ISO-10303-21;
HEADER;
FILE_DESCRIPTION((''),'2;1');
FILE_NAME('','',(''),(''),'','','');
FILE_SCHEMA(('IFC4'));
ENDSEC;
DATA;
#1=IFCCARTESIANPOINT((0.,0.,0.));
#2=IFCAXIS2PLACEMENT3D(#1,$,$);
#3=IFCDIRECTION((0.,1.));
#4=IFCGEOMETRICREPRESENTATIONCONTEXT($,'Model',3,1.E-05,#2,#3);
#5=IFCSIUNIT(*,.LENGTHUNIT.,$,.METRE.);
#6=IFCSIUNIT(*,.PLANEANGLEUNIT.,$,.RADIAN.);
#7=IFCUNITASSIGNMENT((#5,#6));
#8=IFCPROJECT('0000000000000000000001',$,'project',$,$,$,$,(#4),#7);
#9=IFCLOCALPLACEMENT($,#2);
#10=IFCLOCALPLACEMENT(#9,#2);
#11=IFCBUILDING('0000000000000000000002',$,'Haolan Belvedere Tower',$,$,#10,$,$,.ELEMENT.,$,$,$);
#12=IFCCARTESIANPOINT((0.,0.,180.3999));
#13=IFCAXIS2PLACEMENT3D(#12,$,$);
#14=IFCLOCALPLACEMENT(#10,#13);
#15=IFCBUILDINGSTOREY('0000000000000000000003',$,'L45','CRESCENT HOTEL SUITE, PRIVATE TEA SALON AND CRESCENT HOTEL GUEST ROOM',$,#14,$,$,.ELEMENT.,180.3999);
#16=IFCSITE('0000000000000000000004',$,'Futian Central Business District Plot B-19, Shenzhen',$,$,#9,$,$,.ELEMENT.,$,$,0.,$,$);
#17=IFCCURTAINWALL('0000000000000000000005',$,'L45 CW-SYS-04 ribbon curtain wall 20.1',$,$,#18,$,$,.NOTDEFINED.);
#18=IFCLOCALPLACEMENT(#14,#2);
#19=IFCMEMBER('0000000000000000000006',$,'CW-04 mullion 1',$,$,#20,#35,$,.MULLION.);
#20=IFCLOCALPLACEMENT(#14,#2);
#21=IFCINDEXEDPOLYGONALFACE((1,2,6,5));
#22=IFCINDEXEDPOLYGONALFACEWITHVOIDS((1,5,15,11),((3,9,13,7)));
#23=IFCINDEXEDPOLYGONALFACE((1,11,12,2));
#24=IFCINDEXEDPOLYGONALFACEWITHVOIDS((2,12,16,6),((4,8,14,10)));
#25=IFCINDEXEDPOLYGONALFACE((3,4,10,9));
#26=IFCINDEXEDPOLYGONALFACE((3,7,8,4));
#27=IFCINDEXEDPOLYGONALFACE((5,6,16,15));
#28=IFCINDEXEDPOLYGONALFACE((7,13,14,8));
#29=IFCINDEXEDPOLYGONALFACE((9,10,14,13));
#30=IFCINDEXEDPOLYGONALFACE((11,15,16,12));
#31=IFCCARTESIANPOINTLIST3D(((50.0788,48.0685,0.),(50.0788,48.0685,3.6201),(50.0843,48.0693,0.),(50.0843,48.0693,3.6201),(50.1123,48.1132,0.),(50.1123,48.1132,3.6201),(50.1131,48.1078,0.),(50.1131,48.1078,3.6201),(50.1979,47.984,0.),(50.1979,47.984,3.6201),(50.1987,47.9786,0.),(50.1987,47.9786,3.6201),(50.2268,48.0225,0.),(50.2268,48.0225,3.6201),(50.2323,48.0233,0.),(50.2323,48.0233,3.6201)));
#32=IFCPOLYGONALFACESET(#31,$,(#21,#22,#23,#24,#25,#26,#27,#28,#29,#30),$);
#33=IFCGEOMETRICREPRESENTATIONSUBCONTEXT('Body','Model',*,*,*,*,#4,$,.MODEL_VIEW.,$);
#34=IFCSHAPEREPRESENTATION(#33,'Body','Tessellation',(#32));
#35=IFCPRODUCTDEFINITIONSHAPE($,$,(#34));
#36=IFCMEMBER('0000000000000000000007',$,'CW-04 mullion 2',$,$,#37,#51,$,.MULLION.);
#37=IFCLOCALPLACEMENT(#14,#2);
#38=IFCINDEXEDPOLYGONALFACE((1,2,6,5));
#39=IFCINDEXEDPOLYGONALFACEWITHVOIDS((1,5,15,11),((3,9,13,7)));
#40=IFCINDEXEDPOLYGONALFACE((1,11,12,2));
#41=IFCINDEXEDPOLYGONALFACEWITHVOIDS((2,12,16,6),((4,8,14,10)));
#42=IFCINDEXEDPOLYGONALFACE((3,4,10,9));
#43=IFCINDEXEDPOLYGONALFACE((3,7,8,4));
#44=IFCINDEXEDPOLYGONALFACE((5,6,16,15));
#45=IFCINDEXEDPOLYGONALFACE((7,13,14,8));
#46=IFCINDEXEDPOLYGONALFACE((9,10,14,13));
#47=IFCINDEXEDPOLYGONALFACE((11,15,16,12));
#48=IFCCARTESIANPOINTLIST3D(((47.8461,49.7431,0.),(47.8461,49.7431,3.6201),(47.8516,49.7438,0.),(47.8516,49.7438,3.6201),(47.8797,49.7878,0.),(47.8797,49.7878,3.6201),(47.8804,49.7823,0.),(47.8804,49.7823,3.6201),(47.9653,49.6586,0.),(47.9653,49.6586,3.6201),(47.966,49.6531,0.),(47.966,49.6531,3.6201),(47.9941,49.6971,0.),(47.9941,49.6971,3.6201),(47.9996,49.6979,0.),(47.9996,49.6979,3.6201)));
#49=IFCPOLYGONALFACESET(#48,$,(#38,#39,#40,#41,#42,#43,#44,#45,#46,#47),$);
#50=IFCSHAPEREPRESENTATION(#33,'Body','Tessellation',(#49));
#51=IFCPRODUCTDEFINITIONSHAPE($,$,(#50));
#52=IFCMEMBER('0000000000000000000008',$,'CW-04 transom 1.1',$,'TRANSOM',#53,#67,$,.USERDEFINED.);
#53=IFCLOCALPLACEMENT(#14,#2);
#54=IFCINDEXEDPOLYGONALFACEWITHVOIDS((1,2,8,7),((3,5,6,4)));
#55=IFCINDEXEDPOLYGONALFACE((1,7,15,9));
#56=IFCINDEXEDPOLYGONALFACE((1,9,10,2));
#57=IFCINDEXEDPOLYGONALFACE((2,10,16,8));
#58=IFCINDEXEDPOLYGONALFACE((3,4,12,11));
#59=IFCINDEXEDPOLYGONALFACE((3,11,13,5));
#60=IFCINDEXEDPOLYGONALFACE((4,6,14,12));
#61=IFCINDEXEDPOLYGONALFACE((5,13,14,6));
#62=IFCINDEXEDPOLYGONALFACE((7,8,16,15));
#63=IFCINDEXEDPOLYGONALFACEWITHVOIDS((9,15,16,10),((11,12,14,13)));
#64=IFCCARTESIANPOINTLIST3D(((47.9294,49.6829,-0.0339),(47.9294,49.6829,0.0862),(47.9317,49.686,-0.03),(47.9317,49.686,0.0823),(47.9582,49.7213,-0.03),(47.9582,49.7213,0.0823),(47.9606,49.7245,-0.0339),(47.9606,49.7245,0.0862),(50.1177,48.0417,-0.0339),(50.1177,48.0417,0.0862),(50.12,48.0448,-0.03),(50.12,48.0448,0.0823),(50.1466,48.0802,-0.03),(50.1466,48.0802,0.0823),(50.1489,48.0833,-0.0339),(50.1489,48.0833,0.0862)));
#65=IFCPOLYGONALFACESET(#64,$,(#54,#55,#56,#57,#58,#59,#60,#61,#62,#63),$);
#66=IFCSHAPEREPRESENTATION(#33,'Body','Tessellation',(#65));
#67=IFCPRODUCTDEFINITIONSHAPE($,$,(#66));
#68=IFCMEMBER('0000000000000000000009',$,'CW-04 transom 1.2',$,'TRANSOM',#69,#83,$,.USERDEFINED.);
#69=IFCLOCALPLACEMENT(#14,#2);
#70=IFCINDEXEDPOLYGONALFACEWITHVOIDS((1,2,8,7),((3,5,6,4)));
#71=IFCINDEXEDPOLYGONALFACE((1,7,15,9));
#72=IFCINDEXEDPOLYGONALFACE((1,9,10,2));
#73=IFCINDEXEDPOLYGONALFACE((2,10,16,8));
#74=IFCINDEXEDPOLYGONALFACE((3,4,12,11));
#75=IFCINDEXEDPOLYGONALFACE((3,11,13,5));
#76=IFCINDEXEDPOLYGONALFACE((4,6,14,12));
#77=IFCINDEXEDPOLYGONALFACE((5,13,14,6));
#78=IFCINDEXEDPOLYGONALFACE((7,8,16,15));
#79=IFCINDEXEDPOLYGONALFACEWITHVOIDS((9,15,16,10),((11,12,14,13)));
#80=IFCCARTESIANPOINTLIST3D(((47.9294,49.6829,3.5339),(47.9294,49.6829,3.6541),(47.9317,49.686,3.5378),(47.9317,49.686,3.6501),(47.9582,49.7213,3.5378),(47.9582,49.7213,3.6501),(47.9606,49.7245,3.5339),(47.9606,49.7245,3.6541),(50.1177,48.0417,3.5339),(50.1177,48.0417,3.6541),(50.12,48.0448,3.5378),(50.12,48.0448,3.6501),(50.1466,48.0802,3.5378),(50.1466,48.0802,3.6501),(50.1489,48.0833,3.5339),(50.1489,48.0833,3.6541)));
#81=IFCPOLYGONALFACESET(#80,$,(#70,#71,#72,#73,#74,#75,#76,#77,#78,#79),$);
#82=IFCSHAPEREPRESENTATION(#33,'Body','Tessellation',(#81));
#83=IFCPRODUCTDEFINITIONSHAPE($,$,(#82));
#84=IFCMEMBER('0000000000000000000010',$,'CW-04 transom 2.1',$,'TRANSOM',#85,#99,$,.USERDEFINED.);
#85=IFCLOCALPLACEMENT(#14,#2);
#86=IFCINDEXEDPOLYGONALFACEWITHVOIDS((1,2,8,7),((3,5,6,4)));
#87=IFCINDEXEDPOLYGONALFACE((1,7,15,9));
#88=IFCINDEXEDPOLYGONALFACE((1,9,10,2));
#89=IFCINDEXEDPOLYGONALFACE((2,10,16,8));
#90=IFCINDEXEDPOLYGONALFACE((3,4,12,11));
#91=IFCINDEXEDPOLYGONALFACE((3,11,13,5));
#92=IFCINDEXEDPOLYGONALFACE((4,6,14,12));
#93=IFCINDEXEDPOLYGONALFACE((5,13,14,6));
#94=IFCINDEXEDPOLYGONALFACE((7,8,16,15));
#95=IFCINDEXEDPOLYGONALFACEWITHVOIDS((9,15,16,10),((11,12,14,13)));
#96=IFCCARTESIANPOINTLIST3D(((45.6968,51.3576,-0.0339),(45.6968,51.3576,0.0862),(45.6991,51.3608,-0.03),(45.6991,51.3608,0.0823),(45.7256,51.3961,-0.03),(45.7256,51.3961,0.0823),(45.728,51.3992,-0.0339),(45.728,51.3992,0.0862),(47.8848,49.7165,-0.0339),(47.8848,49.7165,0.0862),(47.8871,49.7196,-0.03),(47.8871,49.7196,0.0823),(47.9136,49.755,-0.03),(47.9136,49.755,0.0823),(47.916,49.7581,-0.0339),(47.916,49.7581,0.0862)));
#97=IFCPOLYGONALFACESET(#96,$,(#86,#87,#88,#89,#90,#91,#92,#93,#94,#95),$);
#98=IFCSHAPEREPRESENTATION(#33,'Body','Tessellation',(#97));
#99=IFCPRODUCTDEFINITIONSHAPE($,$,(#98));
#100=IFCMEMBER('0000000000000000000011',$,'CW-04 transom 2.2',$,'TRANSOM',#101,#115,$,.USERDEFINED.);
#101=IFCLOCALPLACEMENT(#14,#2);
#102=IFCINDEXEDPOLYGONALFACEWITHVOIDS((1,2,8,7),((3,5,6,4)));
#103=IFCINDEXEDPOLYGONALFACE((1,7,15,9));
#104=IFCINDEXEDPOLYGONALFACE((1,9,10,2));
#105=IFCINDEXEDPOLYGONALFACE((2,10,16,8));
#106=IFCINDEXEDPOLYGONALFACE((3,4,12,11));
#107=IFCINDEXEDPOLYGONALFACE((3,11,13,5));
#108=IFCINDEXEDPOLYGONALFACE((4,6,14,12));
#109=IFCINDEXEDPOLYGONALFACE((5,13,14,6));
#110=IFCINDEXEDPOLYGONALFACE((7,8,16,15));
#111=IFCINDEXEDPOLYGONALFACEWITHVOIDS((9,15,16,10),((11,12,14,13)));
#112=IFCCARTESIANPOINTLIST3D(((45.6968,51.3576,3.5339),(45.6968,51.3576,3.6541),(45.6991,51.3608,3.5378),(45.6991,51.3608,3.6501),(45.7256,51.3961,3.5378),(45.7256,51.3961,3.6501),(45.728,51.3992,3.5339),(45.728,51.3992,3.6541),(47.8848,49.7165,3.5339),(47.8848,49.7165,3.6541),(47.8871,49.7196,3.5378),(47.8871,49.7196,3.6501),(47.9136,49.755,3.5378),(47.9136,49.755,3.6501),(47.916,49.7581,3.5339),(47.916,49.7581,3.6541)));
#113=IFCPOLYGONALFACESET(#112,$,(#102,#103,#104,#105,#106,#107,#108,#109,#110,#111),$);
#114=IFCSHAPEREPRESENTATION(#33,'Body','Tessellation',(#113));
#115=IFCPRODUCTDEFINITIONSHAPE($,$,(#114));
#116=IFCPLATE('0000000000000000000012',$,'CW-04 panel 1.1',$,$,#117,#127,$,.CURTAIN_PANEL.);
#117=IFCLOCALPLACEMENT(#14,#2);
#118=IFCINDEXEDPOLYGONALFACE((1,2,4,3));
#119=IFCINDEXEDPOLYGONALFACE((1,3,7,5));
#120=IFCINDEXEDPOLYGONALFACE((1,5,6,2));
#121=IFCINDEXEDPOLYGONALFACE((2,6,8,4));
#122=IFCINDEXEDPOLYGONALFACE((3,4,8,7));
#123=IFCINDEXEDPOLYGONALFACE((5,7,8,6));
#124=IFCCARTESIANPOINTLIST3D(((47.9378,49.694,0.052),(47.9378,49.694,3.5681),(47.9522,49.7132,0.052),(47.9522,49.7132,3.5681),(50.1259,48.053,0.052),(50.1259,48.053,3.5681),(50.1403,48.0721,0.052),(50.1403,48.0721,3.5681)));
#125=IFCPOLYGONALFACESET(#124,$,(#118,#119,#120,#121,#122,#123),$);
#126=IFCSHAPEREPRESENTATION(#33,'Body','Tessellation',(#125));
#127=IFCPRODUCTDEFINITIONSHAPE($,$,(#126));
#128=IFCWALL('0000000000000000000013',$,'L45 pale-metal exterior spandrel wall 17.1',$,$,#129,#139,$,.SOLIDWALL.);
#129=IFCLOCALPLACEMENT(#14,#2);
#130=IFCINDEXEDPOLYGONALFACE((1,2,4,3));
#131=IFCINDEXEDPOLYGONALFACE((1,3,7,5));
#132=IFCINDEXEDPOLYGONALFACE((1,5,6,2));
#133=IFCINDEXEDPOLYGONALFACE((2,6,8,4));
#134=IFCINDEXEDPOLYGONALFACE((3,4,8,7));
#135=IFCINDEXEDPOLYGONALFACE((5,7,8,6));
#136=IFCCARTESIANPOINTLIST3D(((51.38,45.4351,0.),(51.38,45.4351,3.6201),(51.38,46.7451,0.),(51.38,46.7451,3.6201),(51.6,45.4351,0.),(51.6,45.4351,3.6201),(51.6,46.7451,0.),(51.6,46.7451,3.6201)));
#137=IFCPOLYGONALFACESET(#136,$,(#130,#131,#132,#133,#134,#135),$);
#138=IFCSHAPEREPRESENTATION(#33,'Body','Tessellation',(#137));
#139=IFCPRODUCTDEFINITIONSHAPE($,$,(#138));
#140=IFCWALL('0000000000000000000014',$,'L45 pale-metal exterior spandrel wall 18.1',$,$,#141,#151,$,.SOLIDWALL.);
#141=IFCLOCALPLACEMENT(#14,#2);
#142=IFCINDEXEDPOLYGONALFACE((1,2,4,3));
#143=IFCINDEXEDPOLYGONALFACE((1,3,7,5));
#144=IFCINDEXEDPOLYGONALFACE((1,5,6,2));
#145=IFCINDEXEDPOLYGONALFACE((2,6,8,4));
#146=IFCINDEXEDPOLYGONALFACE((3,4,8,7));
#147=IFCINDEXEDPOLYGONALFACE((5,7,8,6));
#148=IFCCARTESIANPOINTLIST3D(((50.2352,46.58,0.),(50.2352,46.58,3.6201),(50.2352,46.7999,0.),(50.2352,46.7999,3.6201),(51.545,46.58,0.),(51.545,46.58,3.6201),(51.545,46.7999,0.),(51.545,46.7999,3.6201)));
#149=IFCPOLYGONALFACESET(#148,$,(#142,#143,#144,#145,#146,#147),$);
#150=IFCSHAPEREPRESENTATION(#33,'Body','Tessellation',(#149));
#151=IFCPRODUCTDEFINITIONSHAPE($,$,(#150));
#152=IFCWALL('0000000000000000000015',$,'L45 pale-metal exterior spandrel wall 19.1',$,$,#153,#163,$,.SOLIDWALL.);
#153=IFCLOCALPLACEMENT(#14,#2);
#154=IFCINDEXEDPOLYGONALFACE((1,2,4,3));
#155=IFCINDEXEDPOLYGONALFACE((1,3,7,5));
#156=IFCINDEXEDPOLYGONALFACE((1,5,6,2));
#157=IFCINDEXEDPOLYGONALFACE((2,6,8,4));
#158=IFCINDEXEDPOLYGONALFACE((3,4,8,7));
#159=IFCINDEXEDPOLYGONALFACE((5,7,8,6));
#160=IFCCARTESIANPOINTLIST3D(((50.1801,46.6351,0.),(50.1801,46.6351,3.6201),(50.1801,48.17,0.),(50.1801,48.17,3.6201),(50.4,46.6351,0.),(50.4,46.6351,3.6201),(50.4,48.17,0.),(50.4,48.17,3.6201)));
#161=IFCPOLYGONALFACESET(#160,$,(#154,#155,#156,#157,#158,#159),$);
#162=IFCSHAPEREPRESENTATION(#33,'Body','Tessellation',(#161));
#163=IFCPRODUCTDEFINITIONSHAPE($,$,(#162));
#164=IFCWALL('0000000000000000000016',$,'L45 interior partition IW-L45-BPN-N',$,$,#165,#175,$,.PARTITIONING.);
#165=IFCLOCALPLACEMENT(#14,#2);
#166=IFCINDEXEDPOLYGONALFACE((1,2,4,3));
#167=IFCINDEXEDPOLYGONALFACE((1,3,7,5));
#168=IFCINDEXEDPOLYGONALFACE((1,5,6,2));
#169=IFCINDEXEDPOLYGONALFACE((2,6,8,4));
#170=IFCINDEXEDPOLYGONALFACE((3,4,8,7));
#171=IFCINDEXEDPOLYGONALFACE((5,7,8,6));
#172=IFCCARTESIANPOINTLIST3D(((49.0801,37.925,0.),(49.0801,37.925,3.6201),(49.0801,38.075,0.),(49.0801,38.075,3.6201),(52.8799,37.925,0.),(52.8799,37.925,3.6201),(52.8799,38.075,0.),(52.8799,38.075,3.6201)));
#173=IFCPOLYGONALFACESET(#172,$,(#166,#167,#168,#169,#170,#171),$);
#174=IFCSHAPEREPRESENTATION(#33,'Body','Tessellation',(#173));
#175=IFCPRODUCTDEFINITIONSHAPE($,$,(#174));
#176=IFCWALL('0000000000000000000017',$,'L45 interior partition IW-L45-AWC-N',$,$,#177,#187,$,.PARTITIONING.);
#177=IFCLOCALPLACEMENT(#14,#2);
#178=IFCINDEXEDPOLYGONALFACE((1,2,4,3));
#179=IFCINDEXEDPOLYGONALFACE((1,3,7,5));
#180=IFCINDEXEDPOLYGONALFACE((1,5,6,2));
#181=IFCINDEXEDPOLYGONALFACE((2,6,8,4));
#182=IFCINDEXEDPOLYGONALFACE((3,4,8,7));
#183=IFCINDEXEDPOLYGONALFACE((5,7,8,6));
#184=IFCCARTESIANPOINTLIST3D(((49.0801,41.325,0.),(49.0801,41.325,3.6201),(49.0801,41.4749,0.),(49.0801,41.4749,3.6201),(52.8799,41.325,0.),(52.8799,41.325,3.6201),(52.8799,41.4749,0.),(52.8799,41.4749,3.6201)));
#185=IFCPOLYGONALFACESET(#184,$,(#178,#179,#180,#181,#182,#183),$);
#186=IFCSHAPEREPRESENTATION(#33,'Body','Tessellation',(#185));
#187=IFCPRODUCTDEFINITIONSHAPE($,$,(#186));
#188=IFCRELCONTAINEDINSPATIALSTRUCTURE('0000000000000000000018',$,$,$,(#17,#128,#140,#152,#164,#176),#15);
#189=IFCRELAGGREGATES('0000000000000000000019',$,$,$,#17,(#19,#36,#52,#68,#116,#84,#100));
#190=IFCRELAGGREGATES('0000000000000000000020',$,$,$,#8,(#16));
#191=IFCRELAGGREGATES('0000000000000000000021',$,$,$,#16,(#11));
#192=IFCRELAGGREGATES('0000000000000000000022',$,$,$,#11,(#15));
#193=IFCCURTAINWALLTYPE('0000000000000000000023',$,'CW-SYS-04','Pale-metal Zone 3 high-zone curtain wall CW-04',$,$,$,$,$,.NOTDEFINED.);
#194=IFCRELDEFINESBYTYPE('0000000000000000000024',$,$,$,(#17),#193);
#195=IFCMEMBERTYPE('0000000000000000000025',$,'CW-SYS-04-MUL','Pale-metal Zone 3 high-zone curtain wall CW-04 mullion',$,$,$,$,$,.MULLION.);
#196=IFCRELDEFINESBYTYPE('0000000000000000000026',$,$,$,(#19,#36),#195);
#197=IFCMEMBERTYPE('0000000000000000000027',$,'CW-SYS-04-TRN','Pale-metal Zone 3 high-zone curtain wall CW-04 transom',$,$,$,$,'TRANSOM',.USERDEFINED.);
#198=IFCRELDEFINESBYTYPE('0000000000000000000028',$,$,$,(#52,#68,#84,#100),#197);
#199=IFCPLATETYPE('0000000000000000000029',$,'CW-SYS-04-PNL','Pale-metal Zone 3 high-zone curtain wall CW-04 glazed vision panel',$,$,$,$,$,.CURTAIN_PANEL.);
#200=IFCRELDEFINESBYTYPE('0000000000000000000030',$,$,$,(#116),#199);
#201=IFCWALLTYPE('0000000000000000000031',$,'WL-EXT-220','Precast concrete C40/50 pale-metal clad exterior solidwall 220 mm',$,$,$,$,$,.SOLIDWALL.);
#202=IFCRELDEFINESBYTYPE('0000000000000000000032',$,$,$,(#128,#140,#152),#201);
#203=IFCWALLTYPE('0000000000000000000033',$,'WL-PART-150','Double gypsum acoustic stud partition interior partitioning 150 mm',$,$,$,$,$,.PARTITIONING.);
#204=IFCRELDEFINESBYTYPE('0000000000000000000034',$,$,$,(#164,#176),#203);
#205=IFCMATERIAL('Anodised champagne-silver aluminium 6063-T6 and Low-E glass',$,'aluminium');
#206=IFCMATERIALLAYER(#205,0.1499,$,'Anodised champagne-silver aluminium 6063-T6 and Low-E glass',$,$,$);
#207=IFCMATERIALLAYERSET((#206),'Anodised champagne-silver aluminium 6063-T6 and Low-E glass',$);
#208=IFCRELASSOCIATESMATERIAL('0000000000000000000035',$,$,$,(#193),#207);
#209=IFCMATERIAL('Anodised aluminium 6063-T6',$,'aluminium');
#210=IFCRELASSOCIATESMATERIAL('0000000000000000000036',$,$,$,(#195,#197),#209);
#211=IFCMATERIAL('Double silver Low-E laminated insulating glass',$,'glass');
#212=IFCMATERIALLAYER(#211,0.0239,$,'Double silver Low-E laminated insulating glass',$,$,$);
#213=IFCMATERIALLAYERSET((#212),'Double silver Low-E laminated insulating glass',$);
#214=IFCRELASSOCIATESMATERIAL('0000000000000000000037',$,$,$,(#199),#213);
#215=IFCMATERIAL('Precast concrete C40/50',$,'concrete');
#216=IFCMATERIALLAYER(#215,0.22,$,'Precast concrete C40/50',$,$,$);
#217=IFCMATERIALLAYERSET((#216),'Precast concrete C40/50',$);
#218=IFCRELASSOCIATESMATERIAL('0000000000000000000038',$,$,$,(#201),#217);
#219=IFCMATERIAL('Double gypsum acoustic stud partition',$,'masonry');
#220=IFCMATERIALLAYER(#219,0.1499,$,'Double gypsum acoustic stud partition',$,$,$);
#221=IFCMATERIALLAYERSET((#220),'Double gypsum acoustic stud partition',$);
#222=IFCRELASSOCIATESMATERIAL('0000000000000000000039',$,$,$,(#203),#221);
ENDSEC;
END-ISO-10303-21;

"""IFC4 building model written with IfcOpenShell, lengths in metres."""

from ifc_helpers import new_model, si_unit, direction, frame, frame_2d, origin, origin_2d, place, context, subcontext, project, spatial, rectangle, hollow_rectangle, extrude, material, layer, layer_set, material_profile, profile_set, type_object, element, aggregate, save


model = new_model("IFC4")

# Units and contexts
model_context = context("Model", 3, precision=1e-05, world=origin(), true_north=direction((0.0, 1.0)))
body_context = subcontext(model_context, "Body", "Model", "MODEL_VIEW")
ifc_project = project(units=[si_unit("LENGTHUNIT", "METRE"), si_unit("PLANEANGLEUNIT", "RADIAN")], contexts=[model_context])

# Site, building, storey
site_placement = place(None, origin())
site = spatial("IfcSite", under=ifc_project, at=site_placement, Name="Futian Central Business District Plot B-19, Shenzhen", CompositionType="ELEMENT", RefElevation=0.0)
building_placement = place(site_placement, origin())
building = spatial("IfcBuilding", under=site, at=building_placement, Name="Haolan Belvedere Tower", CompositionType="ELEMENT")
storey_placement = place(building_placement, frame((0.0, 0.0, 180.3999)))
storey = spatial("IfcBuildingStorey", under=building, at=storey_placement, Name="L45", Description="CRESCENT HOTEL SUITE, PRIVATE TEA SALON AND CRESCENT HOTEL GUEST ROOM", CompositionType="ELEMENT", Elevation=180.3999)

# Curtain wall, members, plate
ifc_material_1 = material(Name="Anodised champagne-silver aluminium 6063-T6 and Low-E glass", Category="aluminium")
ifc_layer_1 = layer(ifc_material_1, 0.1499, Name="Anodised champagne-silver aluminium 6063-T6 and Low-E glass")
ifc_layer_set_1 = layer_set([ifc_layer_1], Name="Anodised champagne-silver aluminium 6063-T6 and Low-E glass")
curtain_wall_type = type_object("IfcCurtainWallType", Name="CW-SYS-04", Description="Pale-metal Zone 3 high-zone curtain wall CW-04", PredefinedType="NOTDEFINED", material=ifc_layer_set_1)
curtain_wall_placement = place(storey_placement, origin())
curtain_wall = element("IfcCurtainWall", 1, at=curtain_wall_placement, inside=storey, type_object=curtain_wall_type, Name="L45 CW-SYS-04 ribbon curtain wall 20.1", PredefinedType="NOTDEFINED")
ifc_material_2 = material(Name="Anodised aluminium 6063-T6", Category="aluminium")
ifc_material_profile_1 = material_profile(ifc_material_2, hollow_rectangle(XDim=0.0559, YDim=0.1499, WallThickness=0.0039, at=origin_2d()), Name="Anodised aluminium 6063-T6")
ifc_profile_set_1 = profile_set([ifc_material_profile_1], Name="Anodised aluminium 6063-T6")
member_type_1 = type_object("IfcMemberType", Name="CW-SYS-04-MUL", Description="Pale-metal Zone 3 high-zone curtain wall CW-04 mullion", PredefinedType="MULLION", material=ifc_profile_set_1)
member_1_placement = place(storey_placement, frame((50.1555, 48.0459, 0.0), z_axis=(0.0, 0.0, 1.0), x_axis=(-0.600003, -0.799998, 0.0)))
member_1 = element("IfcMember", 2, at=member_1_placement, type_object=member_type_1, Name="CW-04 mullion 1", PredefinedType="MULLION", context=body_context, shape_type="SweptSolid", body=[
    extrude(hollow_rectangle(XDim=0.0559, YDim=0.1499, WallThickness=0.0039, at=origin_2d()), origin(), (0.0, 0.0, 1.0), 3.6201),
])
member_2_placement = place(storey_placement, frame((47.9229, 49.7205, 0.0), z_axis=(0.0, 0.0, 1.0), x_axis=(-0.600003, -0.799998, 0.0)))
member_2 = element("IfcMember", 3, at=member_2_placement, type_object=member_type_1, Name="CW-04 mullion 2", PredefinedType="MULLION", context=body_context, shape_type="SweptSolid", body=[
    extrude(hollow_rectangle(XDim=0.0559, YDim=0.1499, WallThickness=0.0039, at=origin_2d()), origin(), (0.0, 0.0, 1.0), 3.6201),
])
ifc_material_profile_2 = material_profile(ifc_material_2, hollow_rectangle(XDim=0.052, YDim=0.1201, WallThickness=0.0039, at=origin_2d()), Name="Anodised aluminium 6063-T6")
ifc_profile_set_2 = profile_set([ifc_material_profile_2], Name="Anodised aluminium 6063-T6")
member_type_2 = type_object("IfcMemberType", Name="CW-SYS-04-TRN", Description="Pale-metal Zone 3 high-zone curtain wall CW-04 transom", ElementType="TRANSOM", PredefinedType="USERDEFINED", material=ifc_profile_set_2)
member_3_placement = place(storey_placement, frame((50.1333, 48.0625, 0.0261), z_axis=(-0.800011, 0.599986, 0.0), x_axis=(-0.599986, -0.800011, 0.0)))
member_3 = element("IfcMember", 4, at=member_3_placement, type_object=member_type_2, Name="CW-04 transom 1.1", ObjectType="TRANSOM", PredefinedType="USERDEFINED", context=body_context, shape_type="SweptSolid", body=[
    extrude(hollow_rectangle(XDim=0.052, YDim=0.1201, WallThickness=0.0039, at=origin_2d()), origin(), (0.0, 0.0, 1.0), 2.7354),
])
member_4_placement = place(storey_placement, frame((50.1333, 48.0625, 3.594), z_axis=(-0.800011, 0.599986, 0.0), x_axis=(-0.599986, -0.800011, 0.0)))
member_4 = element("IfcMember", 5, at=member_4_placement, type_object=member_type_2, Name="CW-04 transom 1.2", ObjectType="TRANSOM", PredefinedType="USERDEFINED", context=body_context, shape_type="SweptSolid", body=[
    extrude(hollow_rectangle(XDim=0.052, YDim=0.1201, WallThickness=0.0039, at=origin_2d()), origin(), (0.0, 0.0, 1.0), 2.7354),
])
member_5_placement = place(storey_placement, frame((47.9004, 49.7373, 0.0261), z_axis=(-0.799979, 0.600029, 0.0), x_axis=(-0.600029, -0.799979, 0.0)))
member_5 = element("IfcMember", 6, at=member_5_placement, type_object=member_type_2, Name="CW-04 transom 2.1", ObjectType="TRANSOM", PredefinedType="USERDEFINED", context=body_context, shape_type="SweptSolid", body=[
    extrude(hollow_rectangle(XDim=0.052, YDim=0.1201, WallThickness=0.0039, at=origin_2d()), origin(), (0.0, 0.0, 1.0), 2.7351),
])
member_6_placement = place(storey_placement, frame((47.9004, 49.7373, 3.594), z_axis=(-0.799979, 0.600029, 0.0), x_axis=(-0.600029, -0.799979, 0.0)))
member_6 = element("IfcMember", 7, at=member_6_placement, type_object=member_type_2, Name="CW-04 transom 2.2", ObjectType="TRANSOM", PredefinedType="USERDEFINED", context=body_context, shape_type="SweptSolid", body=[
    extrude(hollow_rectangle(XDim=0.052, YDim=0.1201, WallThickness=0.0039, at=origin_2d()), origin(), (0.0, 0.0, 1.0), 2.7351),
])
ifc_material_3 = material(Name="Double silver Low-E laminated insulating glass", Category="glass")
ifc_layer_2 = layer(ifc_material_3, 0.0239, Name="Double silver Low-E laminated insulating glass")
ifc_layer_set_2 = layer_set([ifc_layer_2], Name="Double silver Low-E laminated insulating glass")
plate_type = type_object("IfcPlateType", Name="CW-SYS-04-PNL", Description="Pale-metal Zone 3 high-zone curtain wall CW-04 glazed vision panel", PredefinedType="CURTAIN_PANEL", material=ifc_layer_set_2)
plate_placement = place(storey_placement, frame((49.0391, 48.8831, 0.052), z_axis=(0.0, 0.0, 1.0), x_axis=(-0.799998, 0.600003, 0.0)))
plate = element("IfcPlate", 8, at=plate_placement, type_object=plate_type, Name="CW-04 panel 1.1", PredefinedType="CURTAIN_PANEL", context=body_context, shape_type="SweptSolid", body=[
    extrude(rectangle(XDim=2.7351, YDim=0.0239, at=origin_2d()), origin(), (0.0, 0.0, 1.0), 3.5161),
])
aggregate(curtain_wall, [member_1, member_2, member_3, member_4, plate, member_5, member_6])

# Walls
ifc_material_4 = material(Name="Precast concrete C40/50", Category="concrete")
ifc_layer_3 = layer(ifc_material_4, 0.22, Name="Precast concrete C40/50")
ifc_layer_set_3 = layer_set([ifc_layer_3], Name="Precast concrete C40/50")
wall_type_1 = type_object("IfcWallType", Name="WL-EXT-220", Description="Precast concrete C40/50 pale-metal clad exterior solidwall 220 mm", PredefinedType="SOLIDWALL", material=ifc_layer_set_3)
wall_1_placement = place(storey_placement, frame((51.49, 45.4351, 0.0), z_axis=(0.0, 0.0, 1.0), x_axis=(0.0, 1.0, 0.0)))
element("IfcWall", 9, at=wall_1_placement, inside=storey, type_object=wall_type_1, Name="L45 pale-metal exterior spandrel wall 17.1", PredefinedType="SOLIDWALL", context=body_context, shape_type="SweptSolid", body=[
    extrude(rectangle(XDim=1.3101, YDim=0.22, at=frame_2d((0.655, 0.0))), origin(), (0.0, 0.0, 1.0), 3.6201),
])
wall_2_placement = place(storey_placement, frame((51.5449, 46.6899, 0.0), z_axis=(0.0, 0.0, 1.0), x_axis=(-1.0, 0.0, 0.0)))
element("IfcWall", 10, at=wall_2_placement, inside=storey, type_object=wall_type_1, Name="L45 pale-metal exterior spandrel wall 18.1", PredefinedType="SOLIDWALL", context=body_context, shape_type="SweptSolid", body=[
    extrude(rectangle(XDim=1.3098, YDim=0.22, at=frame_2d((0.6548, 0.0))), origin(), (0.0, 0.0, 1.0), 3.6201),
])
wall_3_placement = place(storey_placement, frame((50.29, 46.635, 0.0), z_axis=(0.0, 0.0, 1.0), x_axis=(0.0, 1.0, 0.0)))
element("IfcWall", 11, at=wall_3_placement, inside=storey, type_object=wall_type_1, Name="L45 pale-metal exterior spandrel wall 19.1", PredefinedType="SOLIDWALL", context=body_context, shape_type="SweptSolid", body=[
    extrude(rectangle(XDim=1.5349, YDim=0.22, at=frame_2d((0.7676, 0.0))), origin(), (0.0, 0.0, 1.0), 3.6201),
])
ifc_material_5 = material(Name="Double gypsum acoustic stud partition", Category="masonry")
ifc_layer_4 = layer(ifc_material_5, 0.1499, Name="Double gypsum acoustic stud partition")
ifc_layer_set_4 = layer_set([ifc_layer_4], Name="Double gypsum acoustic stud partition")
wall_type_2 = type_object("IfcWallType", Name="WL-PART-150", Description="Double gypsum acoustic stud partition interior partitioning 150 mm", PredefinedType="PARTITIONING", material=ifc_layer_set_4)
for number, where, z_axis, x_axis, name in (
    (12, (49.0801, 38.0, 0.0), (0.0, 0.0, 1.0), (1.0, 0.0, 0.0), "L45 interior partition IW-L45-BPN-N"),
    (13, (49.0801, 41.3999, 0.0), (0.0, 0.0, 1.0), (1.0, 0.0, 0.0), "L45 interior partition IW-L45-AWC-N"),
):
    element("IfcWall", number, at=place(storey_placement, frame(where, z_axis=z_axis, x_axis=x_axis)), inside=storey, type_object=wall_type_2, Name=name, PredefinedType="PARTITIONING", context=body_context, shape_type="SweptSolid", body=[
        extrude(rectangle(XDim=3.7998, YDim=0.1499, at=frame_2d((1.8999, 0.0))), origin(), (0.0, 0.0, 1.0), 3.6201),
    ])

save(model, "model.ifc")
